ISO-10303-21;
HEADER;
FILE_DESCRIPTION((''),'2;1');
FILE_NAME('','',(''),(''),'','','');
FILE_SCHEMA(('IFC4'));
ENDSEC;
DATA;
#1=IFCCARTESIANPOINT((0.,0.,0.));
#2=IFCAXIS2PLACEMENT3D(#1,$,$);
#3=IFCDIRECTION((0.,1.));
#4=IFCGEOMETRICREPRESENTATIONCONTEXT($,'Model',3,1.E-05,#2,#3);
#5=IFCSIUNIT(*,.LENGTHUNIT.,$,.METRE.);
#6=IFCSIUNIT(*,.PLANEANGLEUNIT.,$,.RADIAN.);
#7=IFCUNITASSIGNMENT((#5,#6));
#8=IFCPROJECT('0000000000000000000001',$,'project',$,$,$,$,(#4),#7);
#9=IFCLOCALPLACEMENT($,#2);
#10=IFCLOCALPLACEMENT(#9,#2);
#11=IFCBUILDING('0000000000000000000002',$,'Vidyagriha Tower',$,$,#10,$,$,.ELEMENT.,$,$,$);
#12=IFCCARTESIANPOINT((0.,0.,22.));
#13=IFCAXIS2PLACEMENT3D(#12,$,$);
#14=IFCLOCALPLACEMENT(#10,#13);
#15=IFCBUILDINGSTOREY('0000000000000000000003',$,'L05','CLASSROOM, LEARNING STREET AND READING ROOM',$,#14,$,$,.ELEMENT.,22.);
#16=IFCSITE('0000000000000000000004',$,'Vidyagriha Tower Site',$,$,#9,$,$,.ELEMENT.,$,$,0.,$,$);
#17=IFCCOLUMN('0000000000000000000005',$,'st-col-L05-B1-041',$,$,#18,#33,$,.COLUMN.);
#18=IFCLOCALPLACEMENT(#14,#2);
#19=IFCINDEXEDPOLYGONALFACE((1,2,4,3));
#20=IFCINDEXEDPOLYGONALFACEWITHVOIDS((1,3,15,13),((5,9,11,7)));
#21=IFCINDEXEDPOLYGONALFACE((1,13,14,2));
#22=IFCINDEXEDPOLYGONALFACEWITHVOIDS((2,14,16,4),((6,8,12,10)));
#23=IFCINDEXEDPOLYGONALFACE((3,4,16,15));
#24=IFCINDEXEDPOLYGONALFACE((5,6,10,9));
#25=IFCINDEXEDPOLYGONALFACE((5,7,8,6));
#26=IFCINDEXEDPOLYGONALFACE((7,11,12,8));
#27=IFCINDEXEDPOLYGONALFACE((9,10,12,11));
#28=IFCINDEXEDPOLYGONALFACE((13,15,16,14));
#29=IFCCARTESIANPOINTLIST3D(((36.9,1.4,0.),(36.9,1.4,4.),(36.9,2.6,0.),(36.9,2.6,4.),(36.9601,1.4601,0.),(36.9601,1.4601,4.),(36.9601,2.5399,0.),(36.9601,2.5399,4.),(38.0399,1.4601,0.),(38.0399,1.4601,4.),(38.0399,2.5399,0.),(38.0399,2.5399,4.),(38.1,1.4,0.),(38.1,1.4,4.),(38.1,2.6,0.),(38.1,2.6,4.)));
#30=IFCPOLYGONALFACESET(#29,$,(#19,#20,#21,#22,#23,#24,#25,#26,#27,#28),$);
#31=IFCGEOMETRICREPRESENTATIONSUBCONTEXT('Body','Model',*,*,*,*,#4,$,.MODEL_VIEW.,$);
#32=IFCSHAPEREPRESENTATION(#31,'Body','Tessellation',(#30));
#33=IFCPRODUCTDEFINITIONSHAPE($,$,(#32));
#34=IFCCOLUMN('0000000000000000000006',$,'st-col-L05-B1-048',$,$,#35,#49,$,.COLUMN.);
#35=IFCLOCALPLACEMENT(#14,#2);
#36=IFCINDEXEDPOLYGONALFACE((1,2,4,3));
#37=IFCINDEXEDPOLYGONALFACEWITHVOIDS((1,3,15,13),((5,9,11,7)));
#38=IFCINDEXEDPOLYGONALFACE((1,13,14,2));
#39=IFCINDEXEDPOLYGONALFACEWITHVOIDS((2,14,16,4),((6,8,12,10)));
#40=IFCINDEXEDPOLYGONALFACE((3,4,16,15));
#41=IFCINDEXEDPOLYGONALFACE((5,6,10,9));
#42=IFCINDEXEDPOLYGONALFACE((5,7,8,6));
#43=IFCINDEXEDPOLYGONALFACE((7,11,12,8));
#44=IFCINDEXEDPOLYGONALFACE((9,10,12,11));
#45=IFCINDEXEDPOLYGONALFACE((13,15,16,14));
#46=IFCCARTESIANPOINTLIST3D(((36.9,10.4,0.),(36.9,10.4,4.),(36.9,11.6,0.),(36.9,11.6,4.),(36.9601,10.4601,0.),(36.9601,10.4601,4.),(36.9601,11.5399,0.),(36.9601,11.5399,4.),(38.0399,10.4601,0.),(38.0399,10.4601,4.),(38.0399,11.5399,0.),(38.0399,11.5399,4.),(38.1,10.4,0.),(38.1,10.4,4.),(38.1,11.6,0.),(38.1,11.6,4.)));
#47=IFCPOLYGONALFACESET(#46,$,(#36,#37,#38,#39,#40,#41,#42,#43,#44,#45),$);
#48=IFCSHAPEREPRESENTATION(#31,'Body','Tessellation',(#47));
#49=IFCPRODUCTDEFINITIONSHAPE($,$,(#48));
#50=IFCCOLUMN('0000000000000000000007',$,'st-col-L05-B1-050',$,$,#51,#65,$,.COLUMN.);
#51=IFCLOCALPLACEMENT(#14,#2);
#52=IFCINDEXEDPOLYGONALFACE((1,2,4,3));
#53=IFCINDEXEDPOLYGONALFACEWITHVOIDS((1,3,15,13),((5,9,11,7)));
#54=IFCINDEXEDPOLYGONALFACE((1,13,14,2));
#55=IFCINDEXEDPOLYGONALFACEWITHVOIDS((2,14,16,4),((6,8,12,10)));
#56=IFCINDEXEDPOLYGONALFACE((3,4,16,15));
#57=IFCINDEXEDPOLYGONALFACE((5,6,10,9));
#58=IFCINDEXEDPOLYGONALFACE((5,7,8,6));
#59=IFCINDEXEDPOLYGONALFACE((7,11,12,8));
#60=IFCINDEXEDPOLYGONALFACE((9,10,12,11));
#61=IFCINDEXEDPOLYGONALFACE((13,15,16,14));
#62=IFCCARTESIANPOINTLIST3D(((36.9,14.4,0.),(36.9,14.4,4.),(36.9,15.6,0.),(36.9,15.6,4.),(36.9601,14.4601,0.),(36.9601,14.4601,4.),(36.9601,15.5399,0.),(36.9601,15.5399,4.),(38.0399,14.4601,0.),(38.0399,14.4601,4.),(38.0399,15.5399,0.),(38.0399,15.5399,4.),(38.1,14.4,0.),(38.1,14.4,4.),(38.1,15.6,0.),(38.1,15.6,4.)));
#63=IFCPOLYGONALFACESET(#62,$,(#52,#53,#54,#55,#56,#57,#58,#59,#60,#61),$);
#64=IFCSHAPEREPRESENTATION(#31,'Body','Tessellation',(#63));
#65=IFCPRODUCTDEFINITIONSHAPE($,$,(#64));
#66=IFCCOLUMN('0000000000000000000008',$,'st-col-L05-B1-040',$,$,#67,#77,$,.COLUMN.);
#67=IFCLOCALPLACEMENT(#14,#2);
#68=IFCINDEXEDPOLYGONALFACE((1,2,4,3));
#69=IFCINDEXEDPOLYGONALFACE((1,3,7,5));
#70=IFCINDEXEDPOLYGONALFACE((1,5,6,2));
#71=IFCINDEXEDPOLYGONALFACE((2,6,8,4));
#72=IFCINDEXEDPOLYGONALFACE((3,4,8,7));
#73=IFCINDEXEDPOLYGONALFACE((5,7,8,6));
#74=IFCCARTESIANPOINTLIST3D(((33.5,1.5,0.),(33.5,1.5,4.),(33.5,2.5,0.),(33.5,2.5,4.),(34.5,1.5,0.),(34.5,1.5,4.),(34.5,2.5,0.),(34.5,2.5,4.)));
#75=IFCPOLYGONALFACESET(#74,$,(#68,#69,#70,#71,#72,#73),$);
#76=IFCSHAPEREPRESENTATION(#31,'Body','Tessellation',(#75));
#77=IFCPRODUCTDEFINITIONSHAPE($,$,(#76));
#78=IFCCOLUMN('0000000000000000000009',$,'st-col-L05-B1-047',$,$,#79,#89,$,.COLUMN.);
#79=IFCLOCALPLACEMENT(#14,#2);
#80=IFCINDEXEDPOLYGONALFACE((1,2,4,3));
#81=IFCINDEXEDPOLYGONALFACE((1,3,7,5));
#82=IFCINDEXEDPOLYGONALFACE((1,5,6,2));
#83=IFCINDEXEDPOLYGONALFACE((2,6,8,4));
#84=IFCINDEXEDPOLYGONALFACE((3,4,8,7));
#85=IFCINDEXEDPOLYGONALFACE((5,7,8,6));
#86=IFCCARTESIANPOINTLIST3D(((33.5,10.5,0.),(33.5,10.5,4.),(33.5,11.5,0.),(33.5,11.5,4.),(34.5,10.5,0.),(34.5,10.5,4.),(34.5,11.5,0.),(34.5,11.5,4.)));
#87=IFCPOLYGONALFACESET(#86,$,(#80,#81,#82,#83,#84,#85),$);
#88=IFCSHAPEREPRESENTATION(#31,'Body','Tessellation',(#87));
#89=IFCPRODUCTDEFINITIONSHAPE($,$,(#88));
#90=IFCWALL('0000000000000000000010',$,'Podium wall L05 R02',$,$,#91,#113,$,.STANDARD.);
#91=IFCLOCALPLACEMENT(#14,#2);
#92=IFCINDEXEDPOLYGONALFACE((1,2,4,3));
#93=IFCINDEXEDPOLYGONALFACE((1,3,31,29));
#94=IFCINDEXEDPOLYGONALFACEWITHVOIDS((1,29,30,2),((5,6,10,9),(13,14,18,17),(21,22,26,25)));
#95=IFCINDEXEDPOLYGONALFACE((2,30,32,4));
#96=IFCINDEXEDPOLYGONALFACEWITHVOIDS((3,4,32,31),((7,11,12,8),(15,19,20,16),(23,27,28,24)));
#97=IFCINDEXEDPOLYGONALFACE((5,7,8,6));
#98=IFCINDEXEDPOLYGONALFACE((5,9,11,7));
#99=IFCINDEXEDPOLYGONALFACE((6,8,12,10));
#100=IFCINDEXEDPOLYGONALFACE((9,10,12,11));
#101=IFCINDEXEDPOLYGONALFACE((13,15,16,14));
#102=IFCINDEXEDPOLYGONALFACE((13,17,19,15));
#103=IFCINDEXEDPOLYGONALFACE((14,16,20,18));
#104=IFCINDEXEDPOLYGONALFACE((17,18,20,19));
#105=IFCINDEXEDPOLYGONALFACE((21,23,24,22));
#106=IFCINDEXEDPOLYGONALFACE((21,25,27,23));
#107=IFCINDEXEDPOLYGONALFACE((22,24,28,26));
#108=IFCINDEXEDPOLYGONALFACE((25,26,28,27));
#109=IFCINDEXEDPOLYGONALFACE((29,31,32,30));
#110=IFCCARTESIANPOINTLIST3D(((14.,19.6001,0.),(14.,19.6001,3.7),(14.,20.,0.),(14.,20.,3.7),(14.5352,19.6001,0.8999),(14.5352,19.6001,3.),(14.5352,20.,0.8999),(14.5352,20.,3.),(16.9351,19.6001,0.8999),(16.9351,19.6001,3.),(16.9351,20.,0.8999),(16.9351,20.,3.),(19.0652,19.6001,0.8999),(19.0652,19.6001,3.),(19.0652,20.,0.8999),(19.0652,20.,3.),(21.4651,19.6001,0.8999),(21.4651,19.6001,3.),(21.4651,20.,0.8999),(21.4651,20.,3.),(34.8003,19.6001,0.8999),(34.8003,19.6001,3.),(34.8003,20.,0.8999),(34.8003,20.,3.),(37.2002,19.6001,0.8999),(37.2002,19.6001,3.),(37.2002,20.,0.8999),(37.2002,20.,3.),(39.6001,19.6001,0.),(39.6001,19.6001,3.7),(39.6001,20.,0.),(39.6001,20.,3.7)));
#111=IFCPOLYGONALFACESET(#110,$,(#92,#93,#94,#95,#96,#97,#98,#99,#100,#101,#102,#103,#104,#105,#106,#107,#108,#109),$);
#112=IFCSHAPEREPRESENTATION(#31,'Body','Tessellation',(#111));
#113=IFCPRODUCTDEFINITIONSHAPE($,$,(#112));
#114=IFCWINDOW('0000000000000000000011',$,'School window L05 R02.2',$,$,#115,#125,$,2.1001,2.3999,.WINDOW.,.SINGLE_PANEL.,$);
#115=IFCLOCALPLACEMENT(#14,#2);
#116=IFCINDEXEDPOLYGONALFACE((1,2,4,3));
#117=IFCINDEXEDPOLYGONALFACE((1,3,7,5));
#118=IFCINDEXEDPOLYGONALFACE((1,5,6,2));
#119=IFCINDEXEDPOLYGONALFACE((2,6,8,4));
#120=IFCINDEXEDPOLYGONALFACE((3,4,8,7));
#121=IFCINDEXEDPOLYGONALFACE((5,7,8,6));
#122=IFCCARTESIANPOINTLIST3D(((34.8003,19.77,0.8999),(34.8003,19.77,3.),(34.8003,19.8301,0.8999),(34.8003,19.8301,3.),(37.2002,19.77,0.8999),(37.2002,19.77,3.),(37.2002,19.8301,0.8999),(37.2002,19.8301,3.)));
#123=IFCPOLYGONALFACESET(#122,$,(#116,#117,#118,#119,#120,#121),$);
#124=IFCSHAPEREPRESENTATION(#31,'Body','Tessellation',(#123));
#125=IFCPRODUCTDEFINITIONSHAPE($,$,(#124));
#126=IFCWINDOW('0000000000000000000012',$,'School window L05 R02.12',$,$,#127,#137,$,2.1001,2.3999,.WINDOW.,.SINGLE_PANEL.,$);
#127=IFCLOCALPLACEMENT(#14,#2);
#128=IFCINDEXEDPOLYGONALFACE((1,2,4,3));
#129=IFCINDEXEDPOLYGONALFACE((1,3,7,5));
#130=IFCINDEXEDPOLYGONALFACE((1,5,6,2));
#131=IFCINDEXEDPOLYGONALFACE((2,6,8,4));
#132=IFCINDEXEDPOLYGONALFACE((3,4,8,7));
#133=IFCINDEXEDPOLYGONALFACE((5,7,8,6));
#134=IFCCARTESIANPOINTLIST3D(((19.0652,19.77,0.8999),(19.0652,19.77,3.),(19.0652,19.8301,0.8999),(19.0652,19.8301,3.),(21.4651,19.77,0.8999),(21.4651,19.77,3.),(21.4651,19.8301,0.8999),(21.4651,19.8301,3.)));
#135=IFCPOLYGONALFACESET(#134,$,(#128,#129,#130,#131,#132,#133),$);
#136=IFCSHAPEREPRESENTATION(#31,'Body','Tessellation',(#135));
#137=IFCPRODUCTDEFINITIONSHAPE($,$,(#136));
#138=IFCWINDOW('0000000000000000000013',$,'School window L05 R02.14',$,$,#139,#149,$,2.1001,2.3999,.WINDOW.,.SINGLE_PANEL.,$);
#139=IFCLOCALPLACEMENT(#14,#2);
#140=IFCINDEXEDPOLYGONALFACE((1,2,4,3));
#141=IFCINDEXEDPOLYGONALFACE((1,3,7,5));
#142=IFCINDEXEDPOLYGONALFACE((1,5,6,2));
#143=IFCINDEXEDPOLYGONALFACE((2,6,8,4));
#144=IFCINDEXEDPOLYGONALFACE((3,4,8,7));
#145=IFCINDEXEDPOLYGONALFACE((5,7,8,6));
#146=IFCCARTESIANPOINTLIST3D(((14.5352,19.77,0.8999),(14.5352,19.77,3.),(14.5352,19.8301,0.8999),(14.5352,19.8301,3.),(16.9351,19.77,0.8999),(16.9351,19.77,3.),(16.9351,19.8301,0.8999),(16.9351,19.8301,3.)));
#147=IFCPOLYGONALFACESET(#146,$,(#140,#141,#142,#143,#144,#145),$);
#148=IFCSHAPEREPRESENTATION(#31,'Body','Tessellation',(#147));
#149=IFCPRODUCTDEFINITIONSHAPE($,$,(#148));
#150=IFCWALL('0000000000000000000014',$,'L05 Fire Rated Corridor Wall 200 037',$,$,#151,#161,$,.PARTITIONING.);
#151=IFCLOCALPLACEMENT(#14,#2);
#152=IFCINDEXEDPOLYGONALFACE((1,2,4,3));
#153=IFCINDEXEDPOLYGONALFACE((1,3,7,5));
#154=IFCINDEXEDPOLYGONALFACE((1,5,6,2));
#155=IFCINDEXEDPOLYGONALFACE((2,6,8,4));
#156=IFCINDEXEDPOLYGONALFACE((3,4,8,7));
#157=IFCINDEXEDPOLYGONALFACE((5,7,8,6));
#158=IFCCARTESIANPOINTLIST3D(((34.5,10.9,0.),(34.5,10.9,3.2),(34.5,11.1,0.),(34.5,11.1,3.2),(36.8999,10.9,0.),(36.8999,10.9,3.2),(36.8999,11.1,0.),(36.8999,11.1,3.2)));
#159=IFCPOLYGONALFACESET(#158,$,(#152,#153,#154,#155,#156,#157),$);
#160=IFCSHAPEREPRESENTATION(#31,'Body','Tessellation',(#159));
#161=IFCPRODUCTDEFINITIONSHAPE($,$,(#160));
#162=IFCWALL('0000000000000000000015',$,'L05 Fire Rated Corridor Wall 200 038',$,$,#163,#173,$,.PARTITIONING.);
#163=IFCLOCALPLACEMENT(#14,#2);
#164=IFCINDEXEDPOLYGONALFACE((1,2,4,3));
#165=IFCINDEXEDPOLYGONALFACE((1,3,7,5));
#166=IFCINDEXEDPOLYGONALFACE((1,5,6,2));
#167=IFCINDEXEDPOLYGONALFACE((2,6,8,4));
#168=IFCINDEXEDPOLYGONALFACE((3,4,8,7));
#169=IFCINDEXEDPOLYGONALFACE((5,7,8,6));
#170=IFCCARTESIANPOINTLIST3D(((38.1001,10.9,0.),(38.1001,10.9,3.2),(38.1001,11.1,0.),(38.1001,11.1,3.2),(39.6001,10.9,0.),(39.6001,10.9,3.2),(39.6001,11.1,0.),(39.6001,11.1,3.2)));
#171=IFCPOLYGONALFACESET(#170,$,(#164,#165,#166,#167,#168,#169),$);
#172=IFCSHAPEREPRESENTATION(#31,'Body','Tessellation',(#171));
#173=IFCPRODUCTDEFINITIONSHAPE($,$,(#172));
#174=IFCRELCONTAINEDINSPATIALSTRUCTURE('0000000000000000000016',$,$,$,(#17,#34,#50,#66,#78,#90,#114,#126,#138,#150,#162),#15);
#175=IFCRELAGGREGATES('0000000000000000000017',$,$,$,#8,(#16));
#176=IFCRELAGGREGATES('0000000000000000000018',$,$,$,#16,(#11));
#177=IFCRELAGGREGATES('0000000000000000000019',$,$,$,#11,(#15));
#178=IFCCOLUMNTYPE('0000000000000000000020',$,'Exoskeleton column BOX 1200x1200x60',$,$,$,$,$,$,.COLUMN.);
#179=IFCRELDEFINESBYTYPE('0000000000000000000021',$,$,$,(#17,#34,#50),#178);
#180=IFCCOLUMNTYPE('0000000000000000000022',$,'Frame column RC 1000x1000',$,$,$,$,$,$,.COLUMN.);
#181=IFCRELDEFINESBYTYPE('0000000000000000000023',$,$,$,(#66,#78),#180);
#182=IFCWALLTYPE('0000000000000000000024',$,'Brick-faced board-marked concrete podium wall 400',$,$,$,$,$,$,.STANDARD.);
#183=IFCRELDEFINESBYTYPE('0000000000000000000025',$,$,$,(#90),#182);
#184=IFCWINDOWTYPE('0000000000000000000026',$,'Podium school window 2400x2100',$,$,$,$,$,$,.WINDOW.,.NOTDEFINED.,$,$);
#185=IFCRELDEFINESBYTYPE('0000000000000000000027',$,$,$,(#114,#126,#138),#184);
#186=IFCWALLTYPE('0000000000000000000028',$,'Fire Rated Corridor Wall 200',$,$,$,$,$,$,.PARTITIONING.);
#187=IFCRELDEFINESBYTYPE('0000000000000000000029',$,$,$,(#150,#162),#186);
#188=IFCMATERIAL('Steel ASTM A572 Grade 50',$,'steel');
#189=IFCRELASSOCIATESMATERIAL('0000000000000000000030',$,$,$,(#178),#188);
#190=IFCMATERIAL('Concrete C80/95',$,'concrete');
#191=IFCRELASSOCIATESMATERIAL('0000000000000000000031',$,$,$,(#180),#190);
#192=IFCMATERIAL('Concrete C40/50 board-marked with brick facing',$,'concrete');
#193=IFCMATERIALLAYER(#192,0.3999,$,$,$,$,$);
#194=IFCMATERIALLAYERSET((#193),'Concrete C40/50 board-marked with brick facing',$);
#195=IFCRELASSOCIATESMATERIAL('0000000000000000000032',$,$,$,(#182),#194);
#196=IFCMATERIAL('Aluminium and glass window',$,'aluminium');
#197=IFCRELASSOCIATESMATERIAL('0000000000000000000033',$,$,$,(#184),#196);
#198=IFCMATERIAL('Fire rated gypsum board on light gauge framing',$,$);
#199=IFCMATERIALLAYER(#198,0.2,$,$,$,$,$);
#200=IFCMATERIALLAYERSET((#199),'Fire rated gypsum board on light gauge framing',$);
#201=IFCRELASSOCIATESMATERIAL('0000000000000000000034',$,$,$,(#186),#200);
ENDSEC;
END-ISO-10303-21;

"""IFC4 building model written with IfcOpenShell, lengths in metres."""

from ifc_helpers import new_model, si_unit, direction, frame, frame_2d, origin, origin_2d, place, context, subcontext, project, spatial, rectangle, hollow_rectangle, extrude, material, layer, layer_set, material_profile, profile_set, type_object, element, fill, save


model = new_model("IFC4")

# Units and contexts
model_context = context("Model", 3, precision=1e-05, world=origin(), true_north=direction((0.0, 1.0)))
body_context = subcontext(model_context, "Body", "Model", "MODEL_VIEW")
ifc_project = project(units=[si_unit("LENGTHUNIT", "METRE"), si_unit("PLANEANGLEUNIT", "RADIAN")], contexts=[model_context])

# Site, building, storey
site_placement = place(None, origin())
site = spatial("IfcSite", under=ifc_project, at=site_placement, Name="Vidyagriha Tower Site", CompositionType="ELEMENT", RefElevation=0.0)
building_placement = place(site_placement, origin())
building = spatial("IfcBuilding", under=site, at=building_placement, Name="Vidyagriha Tower", CompositionType="ELEMENT")
storey_placement = place(building_placement, frame((0.0, 0.0, 22.0)))
storey = spatial("IfcBuildingStorey", under=building, at=storey_placement, Name="L05", Description="CLASSROOM, LEARNING STREET AND READING ROOM", CompositionType="ELEMENT", Elevation=22.0)

# Columns
ifc_material_1 = material(Name="Steel ASTM A572 Grade 50", Category="steel")
ifc_material_profile_1 = material_profile(ifc_material_1, hollow_rectangle(XDim=1.2, YDim=1.2, WallThickness=0.0601, at=origin_2d()), Name="BOX 1200x1200x60")
ifc_profile_set_1 = profile_set([ifc_material_profile_1], Name="Steel ASTM A572 Grade 50")
column_type_1 = type_object("IfcColumnType", Name="Exoskeleton column BOX 1200x1200x60", PredefinedType="COLUMN", material=ifc_profile_set_1)
for number, where, name in (
    (1, (37.5, 2.0, 0.0), "st-col-L05-B1-041"),
    (2, (37.5, 11.0, 0.0), "st-col-L05-B1-048"),
    (3, (37.5, 15.0, 0.0), "st-col-L05-B1-050"),
):
    element("IfcColumn", number, at=place(storey_placement, frame(where)), inside=storey, type_object=column_type_1, Name=name, PredefinedType="COLUMN", context=body_context, shape_type="SweptSolid", body=[
        extrude(hollow_rectangle(XDim=1.2, YDim=1.2, WallThickness=0.0601, at=origin_2d()), origin(), (0.0, 0.0, 1.0), 4.0),
    ])
ifc_material_2 = material(Name="Concrete C80/95", Category="concrete")
ifc_material_profile_2 = material_profile(ifc_material_2, rectangle(XDim=1.0, YDim=1.0, at=origin_2d()), Name="RC 1000x1000")
ifc_profile_set_2 = profile_set([ifc_material_profile_2], Name="Concrete C80/95")
column_type_2 = type_object("IfcColumnType", Name="Frame column RC 1000x1000", PredefinedType="COLUMN", material=ifc_profile_set_2)
for number, where, name in (
    (4, (34.0, 2.0, 0.0), "st-col-L05-B1-040"),
    (5, (34.0, 11.0, 0.0), "st-col-L05-B1-047"),
):
    element("IfcColumn", number, at=place(storey_placement, frame(where)), inside=storey, type_object=column_type_2, Name=name, PredefinedType="COLUMN", context=body_context, shape_type="SweptSolid", body=[
        extrude(rectangle(XDim=1.0, YDim=1.0, at=origin_2d()), origin(), (0.0, 0.0, 1.0), 4.0),
    ])

# Wall, openings, windows
ifc_material_3 = material(Name="Concrete C40/50 board-marked with brick facing", Category="concrete")
ifc_layer_1 = layer(ifc_material_3, 0.3999)
ifc_layer_set_1 = layer_set([ifc_layer_1], Name="Concrete C40/50 board-marked with brick facing")
wall_type_1 = type_object("IfcWallType", Name="Brick-faced board-marked concrete podium wall 400", PredefinedType="STANDARD", material=ifc_layer_set_1)
wall_1_placement = place(storey_placement, frame((39.6001, 19.8, 0.0), z_axis=(0.0, 0.0, 1.0), x_axis=(-1.0, 0.0, 0.0)))
wall_1 = element("IfcWall", 6, at=wall_1_placement, inside=storey, type_object=wall_type_1, Name="Podium wall L05 R02", PredefinedType="STANDARD", context=body_context, shape_type="SweptSolid", body=[
    extrude(rectangle(XDim=25.6001, YDim=0.3999, at=frame_2d((12.8, 0.0))), origin(), (0.0, 0.0, 1.0), 3.7),
])
opening_1_placement = place(wall_1_placement, frame((2.3999, 0.0, 0.8999)))
opening_1 = element("IfcOpeningElement", 7, at=opening_1_placement, cuts=wall_1, PredefinedType="OPENING", context=body_context, shape_type="SweptSolid", body=[
    extrude(rectangle(XDim=2.3999, YDim=2.1001, at=frame_2d((1.2, 1.05))), frame((0.0, 0.21, 0.0), z_axis=(0.0, -1.0, 0.0), x_axis=(1.0, 0.0, 0.0)), (0.0, 0.0, 1.0), 0.4199),
])
opening_2_placement = place(wall_1_placement, frame((18.135, 0.0, 0.8999)))
opening_2 = element("IfcOpeningElement", 8, at=opening_2_placement, cuts=wall_1, PredefinedType="OPENING", context=body_context, shape_type="SweptSolid", body=[
    extrude(rectangle(XDim=2.3999, YDim=2.1001, at=frame_2d((1.2, 1.05))), frame((0.0, 0.21, 0.0), z_axis=(0.0, -1.0, 0.0), x_axis=(1.0, 0.0, 0.0)), (0.0, 0.0, 1.0), 0.4199),
])
opening_3_placement = place(wall_1_placement, frame((22.665, 0.0, 0.8999)))
opening_3 = element("IfcOpeningElement", 9, at=opening_3_placement, cuts=wall_1, PredefinedType="OPENING", context=body_context, shape_type="SweptSolid", body=[
    extrude(rectangle(XDim=2.3999, YDim=2.1001, at=frame_2d((1.2, 1.05))), frame((0.0, 0.21, 0.0), z_axis=(0.0, -1.0, 0.0), x_axis=(1.0, 0.0, 0.0)), (0.0, 0.0, 1.0), 0.4199),
])
ifc_material_4 = material(Name="Aluminium and glass window", Category="aluminium")
window_type = type_object("IfcWindowType", Name="Podium school window 2400x2100", PartitioningType="NOTDEFINED", PredefinedType="WINDOW", material=ifc_material_4)
window_1_placement = place(opening_1_placement, origin())
window_1 = element("IfcWindow", 10, at=window_1_placement, inside=storey, type_object=window_type, Name="School window L05 R02.2", OverallHeight=2.1001, OverallWidth=2.3999, PartitioningType="SINGLE_PANEL", PredefinedType="WINDOW", context=body_context, shape_type="SweptSolid", body=[
    extrude(rectangle(XDim=2.3999, YDim=2.1001, at=frame_2d((1.2, 1.05))), frame((0.0, 0.03, 0.0), z_axis=(0.0, -1.0, 0.0), x_axis=(1.0, 0.0, 0.0)), (0.0, 0.0, 1.0), 0.0601),
])
fill(opening_1, window_1)
window_2_placement = place(opening_2_placement, origin())
window_2 = element("IfcWindow", 11, at=window_2_placement, inside=storey, type_object=window_type, Name="School window L05 R02.12", OverallHeight=2.1001, OverallWidth=2.3999, PartitioningType="SINGLE_PANEL", PredefinedType="WINDOW", context=body_context, shape_type="SweptSolid", body=[
    extrude(rectangle(XDim=2.3999, YDim=2.1001, at=frame_2d((1.2, 1.05))), frame((0.0, 0.03, 0.0), z_axis=(0.0, -1.0, 0.0), x_axis=(1.0, 0.0, 0.0)), (0.0, 0.0, 1.0), 0.0601),
])
fill(opening_2, window_2)
window_3_placement = place(opening_3_placement, origin())
window_3 = element("IfcWindow", 12, at=window_3_placement, inside=storey, type_object=window_type, Name="School window L05 R02.14", OverallHeight=2.1001, OverallWidth=2.3999, PartitioningType="SINGLE_PANEL", PredefinedType="WINDOW", context=body_context, shape_type="SweptSolid", body=[
    extrude(rectangle(XDim=2.3999, YDim=2.1001, at=frame_2d((1.2, 1.05))), frame((0.0, 0.03, 0.0), z_axis=(0.0, -1.0, 0.0), x_axis=(1.0, 0.0, 0.0)), (0.0, 0.0, 1.0), 0.0601),
])
fill(opening_3, window_3)

# Walls
ifc_material_5 = material(Name="Fire rated gypsum board on light gauge framing")
ifc_layer_2 = layer(ifc_material_5, 0.2)
ifc_layer_set_2 = layer_set([ifc_layer_2], Name="Fire rated gypsum board on light gauge framing")
wall_type_2 = type_object("IfcWallType", Name="Fire Rated Corridor Wall 200", PredefinedType="PARTITIONING", material=ifc_layer_set_2)
wall_2_placement = place(storey_placement, frame((34.5, 11.0, 0.0)))
element("IfcWall", 13, at=wall_2_placement, inside=storey, type_object=wall_type_2, Name="L05 Fire Rated Corridor Wall 200 037", PredefinedType="PARTITIONING", context=body_context, shape_type="SweptSolid", body=[
    extrude(rectangle(XDim=2.3999, YDim=0.2, at=frame_2d((1.2, 0.0))), origin(), (0.0, 0.0, 1.0), 3.2),
])
wall_3_placement = place(storey_placement, frame((38.1001, 11.0, 0.0)))
element("IfcWall", 14, at=wall_3_placement, inside=storey, type_object=wall_type_2, Name="L05 Fire Rated Corridor Wall 200 038", PredefinedType="PARTITIONING", context=body_context, shape_type="SweptSolid", body=[
    extrude(rectangle(XDim=1.5, YDim=0.2, at=frame_2d((0.75, 0.0))), origin(), (0.0, 0.0, 1.0), 3.2),
])

save(model, "model.ifc")
